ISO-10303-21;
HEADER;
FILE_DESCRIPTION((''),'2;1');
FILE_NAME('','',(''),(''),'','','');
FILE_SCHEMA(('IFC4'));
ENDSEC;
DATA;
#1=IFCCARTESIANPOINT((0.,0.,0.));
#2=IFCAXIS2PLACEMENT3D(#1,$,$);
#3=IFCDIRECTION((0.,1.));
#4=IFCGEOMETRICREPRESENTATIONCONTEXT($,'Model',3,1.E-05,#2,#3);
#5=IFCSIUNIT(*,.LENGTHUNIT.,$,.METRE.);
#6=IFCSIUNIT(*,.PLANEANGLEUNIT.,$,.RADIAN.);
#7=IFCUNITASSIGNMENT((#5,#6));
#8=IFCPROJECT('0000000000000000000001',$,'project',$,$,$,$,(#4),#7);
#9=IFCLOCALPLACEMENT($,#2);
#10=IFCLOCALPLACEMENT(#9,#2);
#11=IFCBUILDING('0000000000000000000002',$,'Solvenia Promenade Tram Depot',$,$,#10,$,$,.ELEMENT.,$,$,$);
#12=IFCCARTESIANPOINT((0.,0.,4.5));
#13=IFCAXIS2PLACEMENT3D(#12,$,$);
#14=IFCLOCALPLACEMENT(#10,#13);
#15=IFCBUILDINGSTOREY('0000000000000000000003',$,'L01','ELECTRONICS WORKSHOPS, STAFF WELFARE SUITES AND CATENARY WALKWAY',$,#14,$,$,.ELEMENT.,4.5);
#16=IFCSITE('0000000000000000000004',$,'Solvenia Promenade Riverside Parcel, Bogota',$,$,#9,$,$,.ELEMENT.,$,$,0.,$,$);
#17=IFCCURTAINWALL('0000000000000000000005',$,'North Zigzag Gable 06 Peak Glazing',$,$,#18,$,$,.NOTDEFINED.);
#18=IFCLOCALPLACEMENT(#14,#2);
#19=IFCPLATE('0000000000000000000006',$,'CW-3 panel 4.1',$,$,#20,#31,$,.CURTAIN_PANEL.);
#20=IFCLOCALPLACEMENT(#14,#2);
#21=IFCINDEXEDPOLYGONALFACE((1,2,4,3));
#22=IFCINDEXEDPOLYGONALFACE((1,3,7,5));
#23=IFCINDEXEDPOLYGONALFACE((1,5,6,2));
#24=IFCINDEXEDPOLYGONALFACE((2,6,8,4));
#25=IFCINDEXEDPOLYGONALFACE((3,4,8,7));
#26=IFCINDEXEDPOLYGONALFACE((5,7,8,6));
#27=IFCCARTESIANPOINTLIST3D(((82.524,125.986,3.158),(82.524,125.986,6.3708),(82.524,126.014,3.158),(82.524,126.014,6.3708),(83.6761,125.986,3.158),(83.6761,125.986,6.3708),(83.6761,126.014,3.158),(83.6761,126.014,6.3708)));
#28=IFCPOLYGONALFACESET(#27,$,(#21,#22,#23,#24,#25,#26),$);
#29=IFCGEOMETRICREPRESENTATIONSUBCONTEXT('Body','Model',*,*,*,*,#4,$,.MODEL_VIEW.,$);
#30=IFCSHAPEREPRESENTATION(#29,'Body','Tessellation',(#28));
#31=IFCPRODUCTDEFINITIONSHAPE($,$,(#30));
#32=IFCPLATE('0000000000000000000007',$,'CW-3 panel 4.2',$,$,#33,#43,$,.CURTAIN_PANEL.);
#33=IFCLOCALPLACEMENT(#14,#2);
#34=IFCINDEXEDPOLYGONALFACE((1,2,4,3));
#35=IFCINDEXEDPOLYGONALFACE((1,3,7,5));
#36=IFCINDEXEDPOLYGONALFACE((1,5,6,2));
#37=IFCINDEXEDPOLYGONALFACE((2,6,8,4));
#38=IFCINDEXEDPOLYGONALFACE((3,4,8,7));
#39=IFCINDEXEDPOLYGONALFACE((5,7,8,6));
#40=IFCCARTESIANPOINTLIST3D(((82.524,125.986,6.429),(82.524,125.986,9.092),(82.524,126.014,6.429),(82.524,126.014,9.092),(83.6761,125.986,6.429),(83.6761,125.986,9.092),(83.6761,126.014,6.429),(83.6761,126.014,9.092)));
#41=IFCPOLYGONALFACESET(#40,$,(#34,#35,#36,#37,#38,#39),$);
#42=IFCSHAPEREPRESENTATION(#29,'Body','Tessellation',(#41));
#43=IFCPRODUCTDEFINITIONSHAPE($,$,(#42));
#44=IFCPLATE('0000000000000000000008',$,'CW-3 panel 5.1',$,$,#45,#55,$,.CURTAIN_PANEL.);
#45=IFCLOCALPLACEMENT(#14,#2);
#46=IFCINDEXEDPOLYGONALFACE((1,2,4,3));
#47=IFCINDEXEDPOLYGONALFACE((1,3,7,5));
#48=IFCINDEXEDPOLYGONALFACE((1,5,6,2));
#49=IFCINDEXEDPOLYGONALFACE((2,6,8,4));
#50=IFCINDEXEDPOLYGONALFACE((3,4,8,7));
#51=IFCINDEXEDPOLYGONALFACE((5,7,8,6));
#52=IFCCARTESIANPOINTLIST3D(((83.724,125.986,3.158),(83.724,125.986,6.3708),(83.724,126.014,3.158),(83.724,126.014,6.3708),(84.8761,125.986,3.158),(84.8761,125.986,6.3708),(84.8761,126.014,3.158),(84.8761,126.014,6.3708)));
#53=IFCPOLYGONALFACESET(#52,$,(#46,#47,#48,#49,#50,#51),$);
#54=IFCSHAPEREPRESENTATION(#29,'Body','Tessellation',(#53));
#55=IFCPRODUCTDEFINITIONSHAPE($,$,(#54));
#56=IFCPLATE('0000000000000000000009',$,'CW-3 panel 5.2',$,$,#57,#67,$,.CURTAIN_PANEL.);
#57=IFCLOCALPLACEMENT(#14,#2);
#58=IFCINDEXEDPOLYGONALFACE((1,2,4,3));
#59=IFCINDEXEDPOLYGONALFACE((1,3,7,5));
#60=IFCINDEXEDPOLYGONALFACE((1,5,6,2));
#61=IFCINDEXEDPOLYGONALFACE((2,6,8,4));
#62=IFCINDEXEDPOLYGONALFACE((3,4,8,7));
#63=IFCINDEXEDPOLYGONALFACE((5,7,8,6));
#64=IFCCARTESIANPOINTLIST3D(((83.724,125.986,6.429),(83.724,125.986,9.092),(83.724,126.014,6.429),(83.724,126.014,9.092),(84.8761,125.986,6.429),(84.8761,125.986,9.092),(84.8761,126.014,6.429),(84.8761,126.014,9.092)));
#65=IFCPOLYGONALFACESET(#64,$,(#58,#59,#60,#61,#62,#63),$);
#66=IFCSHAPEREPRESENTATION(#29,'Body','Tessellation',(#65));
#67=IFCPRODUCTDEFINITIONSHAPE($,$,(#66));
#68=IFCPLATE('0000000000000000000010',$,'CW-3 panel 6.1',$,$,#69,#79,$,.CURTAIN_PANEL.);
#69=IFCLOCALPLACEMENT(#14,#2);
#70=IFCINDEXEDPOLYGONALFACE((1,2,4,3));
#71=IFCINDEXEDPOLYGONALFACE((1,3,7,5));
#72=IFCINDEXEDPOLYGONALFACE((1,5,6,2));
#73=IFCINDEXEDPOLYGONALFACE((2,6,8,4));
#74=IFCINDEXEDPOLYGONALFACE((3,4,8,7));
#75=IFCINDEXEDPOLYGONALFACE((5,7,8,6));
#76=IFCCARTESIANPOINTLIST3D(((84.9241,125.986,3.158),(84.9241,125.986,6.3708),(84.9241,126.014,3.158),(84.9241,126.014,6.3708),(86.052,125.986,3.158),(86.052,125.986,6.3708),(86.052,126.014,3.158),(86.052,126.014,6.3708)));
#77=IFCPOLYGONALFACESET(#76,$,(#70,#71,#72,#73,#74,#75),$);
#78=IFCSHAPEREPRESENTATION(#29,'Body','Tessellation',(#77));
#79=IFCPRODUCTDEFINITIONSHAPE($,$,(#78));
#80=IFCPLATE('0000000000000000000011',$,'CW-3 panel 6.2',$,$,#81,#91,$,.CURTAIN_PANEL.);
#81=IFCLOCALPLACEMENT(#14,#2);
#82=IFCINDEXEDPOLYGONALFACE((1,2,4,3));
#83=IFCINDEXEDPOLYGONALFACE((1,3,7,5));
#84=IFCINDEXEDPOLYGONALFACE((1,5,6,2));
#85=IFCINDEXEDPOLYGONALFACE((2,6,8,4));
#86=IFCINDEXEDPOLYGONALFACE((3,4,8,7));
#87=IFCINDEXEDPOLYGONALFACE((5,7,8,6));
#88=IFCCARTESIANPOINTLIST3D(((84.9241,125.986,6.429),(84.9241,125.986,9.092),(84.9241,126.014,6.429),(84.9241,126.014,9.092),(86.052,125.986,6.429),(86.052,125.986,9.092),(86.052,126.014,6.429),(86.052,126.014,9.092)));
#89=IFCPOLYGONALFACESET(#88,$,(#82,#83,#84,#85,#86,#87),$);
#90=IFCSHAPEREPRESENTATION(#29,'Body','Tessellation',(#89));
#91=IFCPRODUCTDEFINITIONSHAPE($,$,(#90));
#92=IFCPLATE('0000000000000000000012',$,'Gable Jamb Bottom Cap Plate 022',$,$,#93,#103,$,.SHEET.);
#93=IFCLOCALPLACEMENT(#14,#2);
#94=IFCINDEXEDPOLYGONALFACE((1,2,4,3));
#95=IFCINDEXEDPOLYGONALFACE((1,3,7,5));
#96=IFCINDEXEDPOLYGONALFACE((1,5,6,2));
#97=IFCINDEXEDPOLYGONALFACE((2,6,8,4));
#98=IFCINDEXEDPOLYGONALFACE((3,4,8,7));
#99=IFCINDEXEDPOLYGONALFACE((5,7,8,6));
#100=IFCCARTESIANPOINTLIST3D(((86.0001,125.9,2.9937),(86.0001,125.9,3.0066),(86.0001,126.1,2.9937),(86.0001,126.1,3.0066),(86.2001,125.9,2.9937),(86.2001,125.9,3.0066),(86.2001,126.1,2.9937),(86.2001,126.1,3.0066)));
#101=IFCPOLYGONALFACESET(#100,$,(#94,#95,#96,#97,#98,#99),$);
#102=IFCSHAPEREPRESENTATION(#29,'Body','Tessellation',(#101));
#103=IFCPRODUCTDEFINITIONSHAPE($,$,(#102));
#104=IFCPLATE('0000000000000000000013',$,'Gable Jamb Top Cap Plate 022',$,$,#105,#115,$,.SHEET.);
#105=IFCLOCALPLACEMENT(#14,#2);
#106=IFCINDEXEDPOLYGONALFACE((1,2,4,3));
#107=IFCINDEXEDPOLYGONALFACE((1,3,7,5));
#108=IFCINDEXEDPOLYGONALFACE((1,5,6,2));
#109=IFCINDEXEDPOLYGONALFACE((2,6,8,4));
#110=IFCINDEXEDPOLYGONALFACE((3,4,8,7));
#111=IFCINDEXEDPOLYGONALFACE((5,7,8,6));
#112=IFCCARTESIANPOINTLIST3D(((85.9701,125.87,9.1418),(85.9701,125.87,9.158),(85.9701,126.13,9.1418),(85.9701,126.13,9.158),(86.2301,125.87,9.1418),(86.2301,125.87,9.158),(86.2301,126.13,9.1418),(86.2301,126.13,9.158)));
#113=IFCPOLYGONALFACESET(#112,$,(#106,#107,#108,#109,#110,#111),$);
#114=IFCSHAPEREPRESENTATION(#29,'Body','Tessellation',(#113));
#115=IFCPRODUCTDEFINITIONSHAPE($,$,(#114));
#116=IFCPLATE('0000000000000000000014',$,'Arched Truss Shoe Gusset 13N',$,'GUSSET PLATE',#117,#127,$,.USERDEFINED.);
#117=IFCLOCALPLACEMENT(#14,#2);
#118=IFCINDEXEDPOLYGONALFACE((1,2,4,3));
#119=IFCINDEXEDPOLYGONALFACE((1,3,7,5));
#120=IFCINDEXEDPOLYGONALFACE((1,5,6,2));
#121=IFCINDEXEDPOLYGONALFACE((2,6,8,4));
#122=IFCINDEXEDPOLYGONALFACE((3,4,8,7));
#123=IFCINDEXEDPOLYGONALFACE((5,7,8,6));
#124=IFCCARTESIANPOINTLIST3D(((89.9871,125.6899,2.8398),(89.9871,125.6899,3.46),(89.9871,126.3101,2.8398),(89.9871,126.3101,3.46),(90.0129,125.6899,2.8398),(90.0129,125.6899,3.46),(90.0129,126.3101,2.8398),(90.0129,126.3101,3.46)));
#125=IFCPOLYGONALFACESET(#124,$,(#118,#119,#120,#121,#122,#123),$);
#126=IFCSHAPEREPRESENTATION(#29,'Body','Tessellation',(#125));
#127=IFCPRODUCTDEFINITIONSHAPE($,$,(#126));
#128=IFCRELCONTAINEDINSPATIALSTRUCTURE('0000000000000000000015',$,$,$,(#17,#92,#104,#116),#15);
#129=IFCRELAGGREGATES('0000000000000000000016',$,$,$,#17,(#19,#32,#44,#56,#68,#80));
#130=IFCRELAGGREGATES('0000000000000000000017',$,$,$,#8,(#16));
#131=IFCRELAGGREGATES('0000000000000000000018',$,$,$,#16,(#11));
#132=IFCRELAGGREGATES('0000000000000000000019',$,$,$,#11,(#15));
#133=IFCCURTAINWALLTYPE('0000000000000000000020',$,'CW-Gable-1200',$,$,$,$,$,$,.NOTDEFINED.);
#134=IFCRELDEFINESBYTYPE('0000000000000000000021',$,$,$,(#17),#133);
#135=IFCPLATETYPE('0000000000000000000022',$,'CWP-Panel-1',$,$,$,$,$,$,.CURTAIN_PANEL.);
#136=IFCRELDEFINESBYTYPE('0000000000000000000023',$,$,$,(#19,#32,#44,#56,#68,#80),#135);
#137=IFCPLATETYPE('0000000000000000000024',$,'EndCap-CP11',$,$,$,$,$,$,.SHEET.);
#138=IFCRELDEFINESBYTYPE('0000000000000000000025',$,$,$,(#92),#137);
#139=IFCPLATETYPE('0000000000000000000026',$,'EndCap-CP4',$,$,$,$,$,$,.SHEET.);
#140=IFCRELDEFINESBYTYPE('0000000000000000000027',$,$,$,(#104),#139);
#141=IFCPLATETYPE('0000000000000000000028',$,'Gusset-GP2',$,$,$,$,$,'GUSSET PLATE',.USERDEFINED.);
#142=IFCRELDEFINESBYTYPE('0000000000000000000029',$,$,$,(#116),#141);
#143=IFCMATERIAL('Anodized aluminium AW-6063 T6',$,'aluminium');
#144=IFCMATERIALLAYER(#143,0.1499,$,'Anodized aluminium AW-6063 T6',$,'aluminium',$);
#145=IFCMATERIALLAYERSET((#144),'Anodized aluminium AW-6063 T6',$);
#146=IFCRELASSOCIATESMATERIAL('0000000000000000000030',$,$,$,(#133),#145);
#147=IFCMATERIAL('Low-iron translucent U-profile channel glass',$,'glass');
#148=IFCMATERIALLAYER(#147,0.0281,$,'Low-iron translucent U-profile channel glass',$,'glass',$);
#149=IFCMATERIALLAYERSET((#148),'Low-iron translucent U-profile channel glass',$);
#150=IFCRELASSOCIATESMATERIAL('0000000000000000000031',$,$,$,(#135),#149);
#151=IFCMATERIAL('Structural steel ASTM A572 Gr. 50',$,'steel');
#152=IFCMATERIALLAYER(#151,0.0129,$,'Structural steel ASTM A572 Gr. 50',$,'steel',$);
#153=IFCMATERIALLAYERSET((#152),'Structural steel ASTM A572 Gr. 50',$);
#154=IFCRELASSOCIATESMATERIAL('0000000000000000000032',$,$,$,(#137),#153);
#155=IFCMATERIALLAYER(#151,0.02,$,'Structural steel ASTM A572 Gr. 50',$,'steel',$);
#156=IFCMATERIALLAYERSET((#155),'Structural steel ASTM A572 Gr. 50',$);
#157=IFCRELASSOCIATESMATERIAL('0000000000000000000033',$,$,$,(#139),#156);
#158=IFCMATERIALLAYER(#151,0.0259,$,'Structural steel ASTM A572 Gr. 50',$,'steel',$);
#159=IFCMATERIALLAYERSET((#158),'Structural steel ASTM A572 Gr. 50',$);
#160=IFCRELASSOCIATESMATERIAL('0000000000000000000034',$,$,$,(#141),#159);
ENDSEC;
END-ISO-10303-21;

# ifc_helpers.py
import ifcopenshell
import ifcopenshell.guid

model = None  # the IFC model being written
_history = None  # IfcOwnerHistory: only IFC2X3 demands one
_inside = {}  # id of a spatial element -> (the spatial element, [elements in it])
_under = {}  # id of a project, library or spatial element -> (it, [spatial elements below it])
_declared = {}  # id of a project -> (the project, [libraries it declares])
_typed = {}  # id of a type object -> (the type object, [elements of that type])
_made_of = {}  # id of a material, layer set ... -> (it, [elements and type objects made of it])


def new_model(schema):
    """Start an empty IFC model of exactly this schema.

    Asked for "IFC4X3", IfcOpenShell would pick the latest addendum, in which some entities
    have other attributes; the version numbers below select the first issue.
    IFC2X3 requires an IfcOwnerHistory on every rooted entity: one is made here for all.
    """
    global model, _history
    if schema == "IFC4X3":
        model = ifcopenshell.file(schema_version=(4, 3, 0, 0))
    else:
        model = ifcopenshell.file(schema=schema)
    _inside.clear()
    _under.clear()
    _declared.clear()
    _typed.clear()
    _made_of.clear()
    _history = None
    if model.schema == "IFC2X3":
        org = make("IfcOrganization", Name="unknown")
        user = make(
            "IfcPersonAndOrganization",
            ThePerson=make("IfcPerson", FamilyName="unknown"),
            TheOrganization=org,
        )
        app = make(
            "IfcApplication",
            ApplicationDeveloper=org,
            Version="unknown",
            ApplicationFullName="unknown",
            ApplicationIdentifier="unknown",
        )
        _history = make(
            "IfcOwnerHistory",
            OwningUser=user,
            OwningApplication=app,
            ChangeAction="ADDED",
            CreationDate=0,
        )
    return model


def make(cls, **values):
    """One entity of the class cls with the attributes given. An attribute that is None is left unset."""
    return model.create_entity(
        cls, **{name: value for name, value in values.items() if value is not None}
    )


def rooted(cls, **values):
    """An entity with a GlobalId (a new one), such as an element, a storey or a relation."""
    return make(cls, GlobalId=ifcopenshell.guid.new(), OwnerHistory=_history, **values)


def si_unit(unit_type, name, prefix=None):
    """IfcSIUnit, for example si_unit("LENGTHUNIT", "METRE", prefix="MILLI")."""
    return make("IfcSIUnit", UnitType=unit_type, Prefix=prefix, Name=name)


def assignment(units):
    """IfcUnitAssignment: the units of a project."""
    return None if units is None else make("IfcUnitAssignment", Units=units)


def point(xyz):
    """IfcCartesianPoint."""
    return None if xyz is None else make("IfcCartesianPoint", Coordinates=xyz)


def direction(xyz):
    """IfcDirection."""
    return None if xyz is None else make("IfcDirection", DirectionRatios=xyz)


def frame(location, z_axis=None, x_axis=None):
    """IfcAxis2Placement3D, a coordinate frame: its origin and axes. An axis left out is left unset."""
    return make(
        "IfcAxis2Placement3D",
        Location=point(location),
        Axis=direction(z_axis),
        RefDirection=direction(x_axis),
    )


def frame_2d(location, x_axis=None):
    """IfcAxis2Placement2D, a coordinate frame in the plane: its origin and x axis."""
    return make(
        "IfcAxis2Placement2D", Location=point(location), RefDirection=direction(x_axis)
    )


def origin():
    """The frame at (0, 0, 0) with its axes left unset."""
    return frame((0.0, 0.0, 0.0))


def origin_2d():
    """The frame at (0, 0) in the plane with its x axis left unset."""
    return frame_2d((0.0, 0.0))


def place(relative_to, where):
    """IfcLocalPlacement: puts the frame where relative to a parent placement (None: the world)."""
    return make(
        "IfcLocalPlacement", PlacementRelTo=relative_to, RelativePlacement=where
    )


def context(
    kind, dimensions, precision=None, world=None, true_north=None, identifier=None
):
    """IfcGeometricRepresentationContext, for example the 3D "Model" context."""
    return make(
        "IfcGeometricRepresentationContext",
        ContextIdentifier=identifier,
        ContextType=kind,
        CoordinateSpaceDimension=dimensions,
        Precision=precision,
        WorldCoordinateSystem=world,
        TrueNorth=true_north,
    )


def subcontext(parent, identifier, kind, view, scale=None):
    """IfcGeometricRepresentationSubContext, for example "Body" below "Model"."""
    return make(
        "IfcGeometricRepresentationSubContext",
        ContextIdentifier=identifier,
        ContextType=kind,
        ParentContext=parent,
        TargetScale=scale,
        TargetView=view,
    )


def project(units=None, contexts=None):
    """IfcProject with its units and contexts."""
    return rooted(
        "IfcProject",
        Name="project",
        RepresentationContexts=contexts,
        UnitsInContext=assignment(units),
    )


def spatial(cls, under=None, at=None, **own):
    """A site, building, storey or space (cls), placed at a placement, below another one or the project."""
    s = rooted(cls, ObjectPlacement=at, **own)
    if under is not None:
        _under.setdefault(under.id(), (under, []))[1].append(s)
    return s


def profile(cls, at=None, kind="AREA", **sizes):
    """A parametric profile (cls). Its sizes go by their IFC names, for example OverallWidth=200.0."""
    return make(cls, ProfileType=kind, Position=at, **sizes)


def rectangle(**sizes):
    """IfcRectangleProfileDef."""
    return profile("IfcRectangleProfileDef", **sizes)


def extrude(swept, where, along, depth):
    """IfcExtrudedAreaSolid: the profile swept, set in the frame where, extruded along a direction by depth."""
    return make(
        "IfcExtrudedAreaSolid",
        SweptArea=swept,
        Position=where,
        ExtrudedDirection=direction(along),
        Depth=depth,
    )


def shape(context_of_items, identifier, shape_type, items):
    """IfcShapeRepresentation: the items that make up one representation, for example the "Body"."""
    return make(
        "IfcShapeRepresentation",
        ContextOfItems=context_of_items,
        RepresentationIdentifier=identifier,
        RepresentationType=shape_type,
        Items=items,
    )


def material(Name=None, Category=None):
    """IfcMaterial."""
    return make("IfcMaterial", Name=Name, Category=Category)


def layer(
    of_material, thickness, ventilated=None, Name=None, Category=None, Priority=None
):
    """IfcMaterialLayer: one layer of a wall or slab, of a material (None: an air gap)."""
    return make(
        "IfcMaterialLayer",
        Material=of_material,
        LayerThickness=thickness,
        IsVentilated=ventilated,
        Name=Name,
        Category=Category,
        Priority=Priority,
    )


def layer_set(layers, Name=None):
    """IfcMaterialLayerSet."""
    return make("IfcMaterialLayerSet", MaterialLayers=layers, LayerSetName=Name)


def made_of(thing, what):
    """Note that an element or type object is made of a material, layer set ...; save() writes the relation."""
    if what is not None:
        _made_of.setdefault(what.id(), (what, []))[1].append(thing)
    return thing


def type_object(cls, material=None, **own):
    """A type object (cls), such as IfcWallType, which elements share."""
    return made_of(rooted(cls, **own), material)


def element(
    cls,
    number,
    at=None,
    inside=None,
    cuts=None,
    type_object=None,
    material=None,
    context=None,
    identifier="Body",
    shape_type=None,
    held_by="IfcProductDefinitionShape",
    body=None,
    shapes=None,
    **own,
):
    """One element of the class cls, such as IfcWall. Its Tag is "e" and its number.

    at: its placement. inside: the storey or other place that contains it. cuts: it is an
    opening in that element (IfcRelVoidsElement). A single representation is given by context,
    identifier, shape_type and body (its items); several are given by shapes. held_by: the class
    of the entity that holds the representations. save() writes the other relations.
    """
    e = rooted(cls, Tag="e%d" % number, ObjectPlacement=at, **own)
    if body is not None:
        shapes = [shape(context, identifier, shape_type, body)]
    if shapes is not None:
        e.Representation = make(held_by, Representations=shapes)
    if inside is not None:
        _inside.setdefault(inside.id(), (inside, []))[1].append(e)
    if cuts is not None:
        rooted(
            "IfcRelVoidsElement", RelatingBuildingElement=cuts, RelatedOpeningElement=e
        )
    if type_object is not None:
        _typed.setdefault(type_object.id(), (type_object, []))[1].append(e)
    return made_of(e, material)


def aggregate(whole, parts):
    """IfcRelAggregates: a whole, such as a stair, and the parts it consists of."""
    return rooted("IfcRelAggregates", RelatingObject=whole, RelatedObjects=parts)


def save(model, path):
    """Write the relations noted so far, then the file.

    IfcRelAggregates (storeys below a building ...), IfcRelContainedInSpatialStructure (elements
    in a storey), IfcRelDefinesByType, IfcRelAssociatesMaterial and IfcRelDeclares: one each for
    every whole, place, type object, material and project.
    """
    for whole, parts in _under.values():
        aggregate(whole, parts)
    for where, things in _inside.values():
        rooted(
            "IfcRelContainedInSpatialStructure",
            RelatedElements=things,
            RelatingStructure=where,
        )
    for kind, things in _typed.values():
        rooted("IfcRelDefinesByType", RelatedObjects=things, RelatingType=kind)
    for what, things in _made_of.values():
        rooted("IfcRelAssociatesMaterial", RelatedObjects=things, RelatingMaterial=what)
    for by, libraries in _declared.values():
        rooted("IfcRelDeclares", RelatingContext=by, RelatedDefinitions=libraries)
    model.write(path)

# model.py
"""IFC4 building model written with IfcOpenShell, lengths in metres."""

from ifc_helpers import new_model, si_unit, direction, frame, origin, origin_2d, place, context, subcontext, project, spatial, rectangle, extrude, material, layer, layer_set, type_object, element, aggregate, save


model = new_model("IFC4")

# Units and contexts
model_context = context("Model", 3, precision=1e-05, world=origin(), true_north=direction((0.0, 1.0)))
body_context = subcontext(model_context, "Body", "Model", "MODEL_VIEW")
ifc_project = project(units=[si_unit("LENGTHUNIT", "METRE"), si_unit("PLANEANGLEUNIT", "RADIAN")], contexts=[model_context])

# Site, building, storey
site_placement = place(None, origin())
site = spatial("IfcSite", under=ifc_project, at=site_placement, Name="Solvenia Promenade Riverside Parcel, Bogota", CompositionType="ELEMENT", RefElevation=0.0)
building_placement = place(site_placement, origin())
building = spatial("IfcBuilding", under=site, at=building_placement, Name="Solvenia Promenade Tram Depot", CompositionType="ELEMENT")
storey_placement = place(building_placement, frame((0.0, 0.0, 4.5)))
storey = spatial("IfcBuildingStorey", under=building, at=storey_placement, Name="L01", Description="ELECTRONICS WORKSHOPS, STAFF WELFARE SUITES AND CATENARY WALKWAY", CompositionType="ELEMENT", Elevation=4.5)

# Curtain wall
ifc_material_1 = material(Name="Anodized aluminium AW-6063 T6", Category="aluminium")
ifc_layer_1 = layer(ifc_material_1, 0.1499, Name="Anodized aluminium AW-6063 T6", Category="aluminium")
ifc_layer_set_1 = layer_set([ifc_layer_1], Name="Anodized aluminium AW-6063 T6")
curtain_wall_type = type_object("IfcCurtainWallType", Name="CW-Gable-1200", PredefinedType="NOTDEFINED", material=ifc_layer_set_1)
curtain_wall_placement = place(storey_placement, origin())
curtain_wall = element("IfcCurtainWall", 1, at=curtain_wall_placement, inside=storey, type_object=curtain_wall_type, Name="North Zigzag Gable 06 Peak Glazing", PredefinedType="NOTDEFINED")

# Plates
ifc_material_2 = material(Name="Low-iron translucent U-profile channel glass", Category="glass")
ifc_layer_2 = layer(ifc_material_2, 0.0281, Name="Low-iron translucent U-profile channel glass", Category="glass")
ifc_layer_set_2 = layer_set([ifc_layer_2], Name="Low-iron translucent U-profile channel glass")
plate_type_1 = type_object("IfcPlateType", Name="CWP-Panel-1", PredefinedType="CURTAIN_PANEL", material=ifc_layer_set_2)
plate_1_placement = place(storey_placement, frame((83.1001, 126.0, 3.158), z_axis=(0.0, 0.0, 1.0), x_axis=(1.0, 0.0, 0.0)))
plate_1 = element("IfcPlate", 2, at=plate_1_placement, type_object=plate_type_1, Name="CW-3 panel 4.1", PredefinedType="CURTAIN_PANEL", context=body_context, shape_type="SweptSolid", body=[
    extrude(rectangle(XDim=1.1521, YDim=0.0281, at=origin_2d()), origin(), (0.0, 0.0, 1.0), 3.2129),
])
plate_2_placement = place(storey_placement, frame((83.1001, 126.0, 6.429), z_axis=(0.0, 0.0, 1.0), x_axis=(1.0, 0.0, 0.0)))
plate_2 = element("IfcPlate", 3, at=plate_2_placement, type_object=plate_type_1, Name="CW-3 panel 4.2", PredefinedType="CURTAIN_PANEL", context=body_context, shape_type="SweptSolid", body=[
    extrude(rectangle(XDim=1.1521, YDim=0.0281, at=origin_2d()), origin(), (0.0, 0.0, 1.0), 2.6631),
])
plate_3_placement = place(storey_placement, frame((84.3, 126.0, 3.158), z_axis=(0.0, 0.0, 1.0), x_axis=(1.0, 0.0, 0.0)))
plate_3 = element("IfcPlate", 4, at=plate_3_placement, type_object=plate_type_1, Name="CW-3 panel 5.1", PredefinedType="CURTAIN_PANEL", context=body_context, shape_type="SweptSolid", body=[
    extrude(rectangle(XDim=1.1521, YDim=0.0281, at=origin_2d()), origin(), (0.0, 0.0, 1.0), 3.2129),
])
plate_4_placement = place(storey_placement, frame((84.3, 126.0, 6.429), z_axis=(0.0, 0.0, 1.0), x_axis=(1.0, 0.0, 0.0)))
plate_4 = element("IfcPlate", 5, at=plate_4_placement, type_object=plate_type_1, Name="CW-3 panel 5.2", PredefinedType="CURTAIN_PANEL", context=body_context, shape_type="SweptSolid", body=[
    extrude(rectangle(XDim=1.1521, YDim=0.0281, at=origin_2d()), origin(), (0.0, 0.0, 1.0), 2.6631),
])
plate_5_placement = place(storey_placement, frame((85.488, 126.0, 3.158), z_axis=(0.0, 0.0, 1.0), x_axis=(1.0, 0.0, 0.0)))
plate_5 = element("IfcPlate", 6, at=plate_5_placement, type_object=plate_type_1, Name="CW-3 panel 6.1", PredefinedType="CURTAIN_PANEL", context=body_context, shape_type="SweptSolid", body=[
    extrude(rectangle(XDim=1.1279, YDim=0.0281, at=origin_2d()), origin(), (0.0, 0.0, 1.0), 3.2129),
])
plate_6_placement = place(storey_placement, frame((85.488, 126.0, 6.429), z_axis=(0.0, 0.0, 1.0), x_axis=(1.0, 0.0, 0.0)))
plate_6 = element("IfcPlate", 7, at=plate_6_placement, type_object=plate_type_1, Name="CW-3 panel 6.2", PredefinedType="CURTAIN_PANEL", context=body_context, shape_type="SweptSolid", body=[
    extrude(rectangle(XDim=1.1279, YDim=0.0281, at=origin_2d()), origin(), (0.0, 0.0, 1.0), 2.6631),
])
aggregate(curtain_wall, [plate_1, plate_2, plate_3, plate_4, plate_5, plate_6])

# Plates
ifc_material_3 = material(Name="Structural steel ASTM A572 Gr. 50", Category="steel")
ifc_layer_3 = layer(ifc_material_3, 0.0129, Name="Structural steel ASTM A572 Gr. 50", Category="steel")
ifc_layer_set_3 = layer_set([ifc_layer_3], Name="Structural steel ASTM A572 Gr. 50")
plate_type_2 = type_object("IfcPlateType", Name="EndCap-CP11", PredefinedType="SHEET", material=ifc_layer_set_3)
plate_7_placement = place(storey_placement, frame((86.1001, 126.0, 2.9937), z_axis=(0.0, 0.0, 1.0), x_axis=(1.0, 0.0, 0.0)))
element("IfcPlate", 8, at=plate_7_placement, inside=storey, type_object=plate_type_2, Name="Gable Jamb Bottom Cap Plate 022", PredefinedType="SHEET", context=body_context, shape_type="SweptSolid", body=[
    extrude(rectangle(XDim=0.2, YDim=0.2, at=origin_2d()), origin(), (0.0, 0.0, 1.0), 0.0129),
])
ifc_layer_4 = layer(ifc_material_3, 0.02, Name="Structural steel ASTM A572 Gr. 50", Category="steel")
ifc_layer_set_4 = layer_set([ifc_layer_4], Name="Structural steel ASTM A572 Gr. 50")
plate_type_3 = type_object("IfcPlateType", Name="EndCap-CP4", PredefinedType="SHEET", material=ifc_layer_set_4)
plate_8_placement = place(storey_placement, frame((86.1001, 126.0, 9.1418), z_axis=(0.0, 0.0, 1.0), x_axis=(1.0, 0.0, 0.0)))
element("IfcPlate", 9, at=plate_8_placement, inside=storey, type_object=plate_type_3, Name="Gable Jamb Top Cap Plate 022", PredefinedType="SHEET", context=body_context, shape_type="SweptSolid", body=[
    extrude(rectangle(XDim=0.26, YDim=0.26, at=origin_2d()), origin(), (0.0, 0.0, 1.0), 0.0161),
])
ifc_layer_5 = layer(ifc_material_3, 0.0259, Name="Structural steel ASTM A572 Gr. 50", Category="steel")
ifc_layer_set_5 = layer_set([ifc_layer_5], Name="Structural steel ASTM A572 Gr. 50")
plate_type_4 = type_object("IfcPlateType", Name="Gusset-GP2", ElementType="GUSSET PLATE", PredefinedType="USERDEFINED", material=ifc_layer_set_5)
plate_9_placement = place(storey_placement, frame((90.0, 126.0, 2.8398), z_axis=(0.0, 0.0, 1.0), x_axis=(1.0, 0.0, 0.0)))
element("IfcPlate", 10, at=plate_9_placement, inside=storey, type_object=plate_type_4, Name="Arched Truss Shoe Gusset 13N", ObjectType="GUSSET PLATE", PredefinedType="USERDEFINED", context=body_context, shape_type="SweptSolid", body=[
    extrude(rectangle(XDim=0.0259, YDim=0.6201, at=origin_2d()), origin(), (0.0, 0.0, 1.0), 0.6201),
])

save(model, "model.ifc")
